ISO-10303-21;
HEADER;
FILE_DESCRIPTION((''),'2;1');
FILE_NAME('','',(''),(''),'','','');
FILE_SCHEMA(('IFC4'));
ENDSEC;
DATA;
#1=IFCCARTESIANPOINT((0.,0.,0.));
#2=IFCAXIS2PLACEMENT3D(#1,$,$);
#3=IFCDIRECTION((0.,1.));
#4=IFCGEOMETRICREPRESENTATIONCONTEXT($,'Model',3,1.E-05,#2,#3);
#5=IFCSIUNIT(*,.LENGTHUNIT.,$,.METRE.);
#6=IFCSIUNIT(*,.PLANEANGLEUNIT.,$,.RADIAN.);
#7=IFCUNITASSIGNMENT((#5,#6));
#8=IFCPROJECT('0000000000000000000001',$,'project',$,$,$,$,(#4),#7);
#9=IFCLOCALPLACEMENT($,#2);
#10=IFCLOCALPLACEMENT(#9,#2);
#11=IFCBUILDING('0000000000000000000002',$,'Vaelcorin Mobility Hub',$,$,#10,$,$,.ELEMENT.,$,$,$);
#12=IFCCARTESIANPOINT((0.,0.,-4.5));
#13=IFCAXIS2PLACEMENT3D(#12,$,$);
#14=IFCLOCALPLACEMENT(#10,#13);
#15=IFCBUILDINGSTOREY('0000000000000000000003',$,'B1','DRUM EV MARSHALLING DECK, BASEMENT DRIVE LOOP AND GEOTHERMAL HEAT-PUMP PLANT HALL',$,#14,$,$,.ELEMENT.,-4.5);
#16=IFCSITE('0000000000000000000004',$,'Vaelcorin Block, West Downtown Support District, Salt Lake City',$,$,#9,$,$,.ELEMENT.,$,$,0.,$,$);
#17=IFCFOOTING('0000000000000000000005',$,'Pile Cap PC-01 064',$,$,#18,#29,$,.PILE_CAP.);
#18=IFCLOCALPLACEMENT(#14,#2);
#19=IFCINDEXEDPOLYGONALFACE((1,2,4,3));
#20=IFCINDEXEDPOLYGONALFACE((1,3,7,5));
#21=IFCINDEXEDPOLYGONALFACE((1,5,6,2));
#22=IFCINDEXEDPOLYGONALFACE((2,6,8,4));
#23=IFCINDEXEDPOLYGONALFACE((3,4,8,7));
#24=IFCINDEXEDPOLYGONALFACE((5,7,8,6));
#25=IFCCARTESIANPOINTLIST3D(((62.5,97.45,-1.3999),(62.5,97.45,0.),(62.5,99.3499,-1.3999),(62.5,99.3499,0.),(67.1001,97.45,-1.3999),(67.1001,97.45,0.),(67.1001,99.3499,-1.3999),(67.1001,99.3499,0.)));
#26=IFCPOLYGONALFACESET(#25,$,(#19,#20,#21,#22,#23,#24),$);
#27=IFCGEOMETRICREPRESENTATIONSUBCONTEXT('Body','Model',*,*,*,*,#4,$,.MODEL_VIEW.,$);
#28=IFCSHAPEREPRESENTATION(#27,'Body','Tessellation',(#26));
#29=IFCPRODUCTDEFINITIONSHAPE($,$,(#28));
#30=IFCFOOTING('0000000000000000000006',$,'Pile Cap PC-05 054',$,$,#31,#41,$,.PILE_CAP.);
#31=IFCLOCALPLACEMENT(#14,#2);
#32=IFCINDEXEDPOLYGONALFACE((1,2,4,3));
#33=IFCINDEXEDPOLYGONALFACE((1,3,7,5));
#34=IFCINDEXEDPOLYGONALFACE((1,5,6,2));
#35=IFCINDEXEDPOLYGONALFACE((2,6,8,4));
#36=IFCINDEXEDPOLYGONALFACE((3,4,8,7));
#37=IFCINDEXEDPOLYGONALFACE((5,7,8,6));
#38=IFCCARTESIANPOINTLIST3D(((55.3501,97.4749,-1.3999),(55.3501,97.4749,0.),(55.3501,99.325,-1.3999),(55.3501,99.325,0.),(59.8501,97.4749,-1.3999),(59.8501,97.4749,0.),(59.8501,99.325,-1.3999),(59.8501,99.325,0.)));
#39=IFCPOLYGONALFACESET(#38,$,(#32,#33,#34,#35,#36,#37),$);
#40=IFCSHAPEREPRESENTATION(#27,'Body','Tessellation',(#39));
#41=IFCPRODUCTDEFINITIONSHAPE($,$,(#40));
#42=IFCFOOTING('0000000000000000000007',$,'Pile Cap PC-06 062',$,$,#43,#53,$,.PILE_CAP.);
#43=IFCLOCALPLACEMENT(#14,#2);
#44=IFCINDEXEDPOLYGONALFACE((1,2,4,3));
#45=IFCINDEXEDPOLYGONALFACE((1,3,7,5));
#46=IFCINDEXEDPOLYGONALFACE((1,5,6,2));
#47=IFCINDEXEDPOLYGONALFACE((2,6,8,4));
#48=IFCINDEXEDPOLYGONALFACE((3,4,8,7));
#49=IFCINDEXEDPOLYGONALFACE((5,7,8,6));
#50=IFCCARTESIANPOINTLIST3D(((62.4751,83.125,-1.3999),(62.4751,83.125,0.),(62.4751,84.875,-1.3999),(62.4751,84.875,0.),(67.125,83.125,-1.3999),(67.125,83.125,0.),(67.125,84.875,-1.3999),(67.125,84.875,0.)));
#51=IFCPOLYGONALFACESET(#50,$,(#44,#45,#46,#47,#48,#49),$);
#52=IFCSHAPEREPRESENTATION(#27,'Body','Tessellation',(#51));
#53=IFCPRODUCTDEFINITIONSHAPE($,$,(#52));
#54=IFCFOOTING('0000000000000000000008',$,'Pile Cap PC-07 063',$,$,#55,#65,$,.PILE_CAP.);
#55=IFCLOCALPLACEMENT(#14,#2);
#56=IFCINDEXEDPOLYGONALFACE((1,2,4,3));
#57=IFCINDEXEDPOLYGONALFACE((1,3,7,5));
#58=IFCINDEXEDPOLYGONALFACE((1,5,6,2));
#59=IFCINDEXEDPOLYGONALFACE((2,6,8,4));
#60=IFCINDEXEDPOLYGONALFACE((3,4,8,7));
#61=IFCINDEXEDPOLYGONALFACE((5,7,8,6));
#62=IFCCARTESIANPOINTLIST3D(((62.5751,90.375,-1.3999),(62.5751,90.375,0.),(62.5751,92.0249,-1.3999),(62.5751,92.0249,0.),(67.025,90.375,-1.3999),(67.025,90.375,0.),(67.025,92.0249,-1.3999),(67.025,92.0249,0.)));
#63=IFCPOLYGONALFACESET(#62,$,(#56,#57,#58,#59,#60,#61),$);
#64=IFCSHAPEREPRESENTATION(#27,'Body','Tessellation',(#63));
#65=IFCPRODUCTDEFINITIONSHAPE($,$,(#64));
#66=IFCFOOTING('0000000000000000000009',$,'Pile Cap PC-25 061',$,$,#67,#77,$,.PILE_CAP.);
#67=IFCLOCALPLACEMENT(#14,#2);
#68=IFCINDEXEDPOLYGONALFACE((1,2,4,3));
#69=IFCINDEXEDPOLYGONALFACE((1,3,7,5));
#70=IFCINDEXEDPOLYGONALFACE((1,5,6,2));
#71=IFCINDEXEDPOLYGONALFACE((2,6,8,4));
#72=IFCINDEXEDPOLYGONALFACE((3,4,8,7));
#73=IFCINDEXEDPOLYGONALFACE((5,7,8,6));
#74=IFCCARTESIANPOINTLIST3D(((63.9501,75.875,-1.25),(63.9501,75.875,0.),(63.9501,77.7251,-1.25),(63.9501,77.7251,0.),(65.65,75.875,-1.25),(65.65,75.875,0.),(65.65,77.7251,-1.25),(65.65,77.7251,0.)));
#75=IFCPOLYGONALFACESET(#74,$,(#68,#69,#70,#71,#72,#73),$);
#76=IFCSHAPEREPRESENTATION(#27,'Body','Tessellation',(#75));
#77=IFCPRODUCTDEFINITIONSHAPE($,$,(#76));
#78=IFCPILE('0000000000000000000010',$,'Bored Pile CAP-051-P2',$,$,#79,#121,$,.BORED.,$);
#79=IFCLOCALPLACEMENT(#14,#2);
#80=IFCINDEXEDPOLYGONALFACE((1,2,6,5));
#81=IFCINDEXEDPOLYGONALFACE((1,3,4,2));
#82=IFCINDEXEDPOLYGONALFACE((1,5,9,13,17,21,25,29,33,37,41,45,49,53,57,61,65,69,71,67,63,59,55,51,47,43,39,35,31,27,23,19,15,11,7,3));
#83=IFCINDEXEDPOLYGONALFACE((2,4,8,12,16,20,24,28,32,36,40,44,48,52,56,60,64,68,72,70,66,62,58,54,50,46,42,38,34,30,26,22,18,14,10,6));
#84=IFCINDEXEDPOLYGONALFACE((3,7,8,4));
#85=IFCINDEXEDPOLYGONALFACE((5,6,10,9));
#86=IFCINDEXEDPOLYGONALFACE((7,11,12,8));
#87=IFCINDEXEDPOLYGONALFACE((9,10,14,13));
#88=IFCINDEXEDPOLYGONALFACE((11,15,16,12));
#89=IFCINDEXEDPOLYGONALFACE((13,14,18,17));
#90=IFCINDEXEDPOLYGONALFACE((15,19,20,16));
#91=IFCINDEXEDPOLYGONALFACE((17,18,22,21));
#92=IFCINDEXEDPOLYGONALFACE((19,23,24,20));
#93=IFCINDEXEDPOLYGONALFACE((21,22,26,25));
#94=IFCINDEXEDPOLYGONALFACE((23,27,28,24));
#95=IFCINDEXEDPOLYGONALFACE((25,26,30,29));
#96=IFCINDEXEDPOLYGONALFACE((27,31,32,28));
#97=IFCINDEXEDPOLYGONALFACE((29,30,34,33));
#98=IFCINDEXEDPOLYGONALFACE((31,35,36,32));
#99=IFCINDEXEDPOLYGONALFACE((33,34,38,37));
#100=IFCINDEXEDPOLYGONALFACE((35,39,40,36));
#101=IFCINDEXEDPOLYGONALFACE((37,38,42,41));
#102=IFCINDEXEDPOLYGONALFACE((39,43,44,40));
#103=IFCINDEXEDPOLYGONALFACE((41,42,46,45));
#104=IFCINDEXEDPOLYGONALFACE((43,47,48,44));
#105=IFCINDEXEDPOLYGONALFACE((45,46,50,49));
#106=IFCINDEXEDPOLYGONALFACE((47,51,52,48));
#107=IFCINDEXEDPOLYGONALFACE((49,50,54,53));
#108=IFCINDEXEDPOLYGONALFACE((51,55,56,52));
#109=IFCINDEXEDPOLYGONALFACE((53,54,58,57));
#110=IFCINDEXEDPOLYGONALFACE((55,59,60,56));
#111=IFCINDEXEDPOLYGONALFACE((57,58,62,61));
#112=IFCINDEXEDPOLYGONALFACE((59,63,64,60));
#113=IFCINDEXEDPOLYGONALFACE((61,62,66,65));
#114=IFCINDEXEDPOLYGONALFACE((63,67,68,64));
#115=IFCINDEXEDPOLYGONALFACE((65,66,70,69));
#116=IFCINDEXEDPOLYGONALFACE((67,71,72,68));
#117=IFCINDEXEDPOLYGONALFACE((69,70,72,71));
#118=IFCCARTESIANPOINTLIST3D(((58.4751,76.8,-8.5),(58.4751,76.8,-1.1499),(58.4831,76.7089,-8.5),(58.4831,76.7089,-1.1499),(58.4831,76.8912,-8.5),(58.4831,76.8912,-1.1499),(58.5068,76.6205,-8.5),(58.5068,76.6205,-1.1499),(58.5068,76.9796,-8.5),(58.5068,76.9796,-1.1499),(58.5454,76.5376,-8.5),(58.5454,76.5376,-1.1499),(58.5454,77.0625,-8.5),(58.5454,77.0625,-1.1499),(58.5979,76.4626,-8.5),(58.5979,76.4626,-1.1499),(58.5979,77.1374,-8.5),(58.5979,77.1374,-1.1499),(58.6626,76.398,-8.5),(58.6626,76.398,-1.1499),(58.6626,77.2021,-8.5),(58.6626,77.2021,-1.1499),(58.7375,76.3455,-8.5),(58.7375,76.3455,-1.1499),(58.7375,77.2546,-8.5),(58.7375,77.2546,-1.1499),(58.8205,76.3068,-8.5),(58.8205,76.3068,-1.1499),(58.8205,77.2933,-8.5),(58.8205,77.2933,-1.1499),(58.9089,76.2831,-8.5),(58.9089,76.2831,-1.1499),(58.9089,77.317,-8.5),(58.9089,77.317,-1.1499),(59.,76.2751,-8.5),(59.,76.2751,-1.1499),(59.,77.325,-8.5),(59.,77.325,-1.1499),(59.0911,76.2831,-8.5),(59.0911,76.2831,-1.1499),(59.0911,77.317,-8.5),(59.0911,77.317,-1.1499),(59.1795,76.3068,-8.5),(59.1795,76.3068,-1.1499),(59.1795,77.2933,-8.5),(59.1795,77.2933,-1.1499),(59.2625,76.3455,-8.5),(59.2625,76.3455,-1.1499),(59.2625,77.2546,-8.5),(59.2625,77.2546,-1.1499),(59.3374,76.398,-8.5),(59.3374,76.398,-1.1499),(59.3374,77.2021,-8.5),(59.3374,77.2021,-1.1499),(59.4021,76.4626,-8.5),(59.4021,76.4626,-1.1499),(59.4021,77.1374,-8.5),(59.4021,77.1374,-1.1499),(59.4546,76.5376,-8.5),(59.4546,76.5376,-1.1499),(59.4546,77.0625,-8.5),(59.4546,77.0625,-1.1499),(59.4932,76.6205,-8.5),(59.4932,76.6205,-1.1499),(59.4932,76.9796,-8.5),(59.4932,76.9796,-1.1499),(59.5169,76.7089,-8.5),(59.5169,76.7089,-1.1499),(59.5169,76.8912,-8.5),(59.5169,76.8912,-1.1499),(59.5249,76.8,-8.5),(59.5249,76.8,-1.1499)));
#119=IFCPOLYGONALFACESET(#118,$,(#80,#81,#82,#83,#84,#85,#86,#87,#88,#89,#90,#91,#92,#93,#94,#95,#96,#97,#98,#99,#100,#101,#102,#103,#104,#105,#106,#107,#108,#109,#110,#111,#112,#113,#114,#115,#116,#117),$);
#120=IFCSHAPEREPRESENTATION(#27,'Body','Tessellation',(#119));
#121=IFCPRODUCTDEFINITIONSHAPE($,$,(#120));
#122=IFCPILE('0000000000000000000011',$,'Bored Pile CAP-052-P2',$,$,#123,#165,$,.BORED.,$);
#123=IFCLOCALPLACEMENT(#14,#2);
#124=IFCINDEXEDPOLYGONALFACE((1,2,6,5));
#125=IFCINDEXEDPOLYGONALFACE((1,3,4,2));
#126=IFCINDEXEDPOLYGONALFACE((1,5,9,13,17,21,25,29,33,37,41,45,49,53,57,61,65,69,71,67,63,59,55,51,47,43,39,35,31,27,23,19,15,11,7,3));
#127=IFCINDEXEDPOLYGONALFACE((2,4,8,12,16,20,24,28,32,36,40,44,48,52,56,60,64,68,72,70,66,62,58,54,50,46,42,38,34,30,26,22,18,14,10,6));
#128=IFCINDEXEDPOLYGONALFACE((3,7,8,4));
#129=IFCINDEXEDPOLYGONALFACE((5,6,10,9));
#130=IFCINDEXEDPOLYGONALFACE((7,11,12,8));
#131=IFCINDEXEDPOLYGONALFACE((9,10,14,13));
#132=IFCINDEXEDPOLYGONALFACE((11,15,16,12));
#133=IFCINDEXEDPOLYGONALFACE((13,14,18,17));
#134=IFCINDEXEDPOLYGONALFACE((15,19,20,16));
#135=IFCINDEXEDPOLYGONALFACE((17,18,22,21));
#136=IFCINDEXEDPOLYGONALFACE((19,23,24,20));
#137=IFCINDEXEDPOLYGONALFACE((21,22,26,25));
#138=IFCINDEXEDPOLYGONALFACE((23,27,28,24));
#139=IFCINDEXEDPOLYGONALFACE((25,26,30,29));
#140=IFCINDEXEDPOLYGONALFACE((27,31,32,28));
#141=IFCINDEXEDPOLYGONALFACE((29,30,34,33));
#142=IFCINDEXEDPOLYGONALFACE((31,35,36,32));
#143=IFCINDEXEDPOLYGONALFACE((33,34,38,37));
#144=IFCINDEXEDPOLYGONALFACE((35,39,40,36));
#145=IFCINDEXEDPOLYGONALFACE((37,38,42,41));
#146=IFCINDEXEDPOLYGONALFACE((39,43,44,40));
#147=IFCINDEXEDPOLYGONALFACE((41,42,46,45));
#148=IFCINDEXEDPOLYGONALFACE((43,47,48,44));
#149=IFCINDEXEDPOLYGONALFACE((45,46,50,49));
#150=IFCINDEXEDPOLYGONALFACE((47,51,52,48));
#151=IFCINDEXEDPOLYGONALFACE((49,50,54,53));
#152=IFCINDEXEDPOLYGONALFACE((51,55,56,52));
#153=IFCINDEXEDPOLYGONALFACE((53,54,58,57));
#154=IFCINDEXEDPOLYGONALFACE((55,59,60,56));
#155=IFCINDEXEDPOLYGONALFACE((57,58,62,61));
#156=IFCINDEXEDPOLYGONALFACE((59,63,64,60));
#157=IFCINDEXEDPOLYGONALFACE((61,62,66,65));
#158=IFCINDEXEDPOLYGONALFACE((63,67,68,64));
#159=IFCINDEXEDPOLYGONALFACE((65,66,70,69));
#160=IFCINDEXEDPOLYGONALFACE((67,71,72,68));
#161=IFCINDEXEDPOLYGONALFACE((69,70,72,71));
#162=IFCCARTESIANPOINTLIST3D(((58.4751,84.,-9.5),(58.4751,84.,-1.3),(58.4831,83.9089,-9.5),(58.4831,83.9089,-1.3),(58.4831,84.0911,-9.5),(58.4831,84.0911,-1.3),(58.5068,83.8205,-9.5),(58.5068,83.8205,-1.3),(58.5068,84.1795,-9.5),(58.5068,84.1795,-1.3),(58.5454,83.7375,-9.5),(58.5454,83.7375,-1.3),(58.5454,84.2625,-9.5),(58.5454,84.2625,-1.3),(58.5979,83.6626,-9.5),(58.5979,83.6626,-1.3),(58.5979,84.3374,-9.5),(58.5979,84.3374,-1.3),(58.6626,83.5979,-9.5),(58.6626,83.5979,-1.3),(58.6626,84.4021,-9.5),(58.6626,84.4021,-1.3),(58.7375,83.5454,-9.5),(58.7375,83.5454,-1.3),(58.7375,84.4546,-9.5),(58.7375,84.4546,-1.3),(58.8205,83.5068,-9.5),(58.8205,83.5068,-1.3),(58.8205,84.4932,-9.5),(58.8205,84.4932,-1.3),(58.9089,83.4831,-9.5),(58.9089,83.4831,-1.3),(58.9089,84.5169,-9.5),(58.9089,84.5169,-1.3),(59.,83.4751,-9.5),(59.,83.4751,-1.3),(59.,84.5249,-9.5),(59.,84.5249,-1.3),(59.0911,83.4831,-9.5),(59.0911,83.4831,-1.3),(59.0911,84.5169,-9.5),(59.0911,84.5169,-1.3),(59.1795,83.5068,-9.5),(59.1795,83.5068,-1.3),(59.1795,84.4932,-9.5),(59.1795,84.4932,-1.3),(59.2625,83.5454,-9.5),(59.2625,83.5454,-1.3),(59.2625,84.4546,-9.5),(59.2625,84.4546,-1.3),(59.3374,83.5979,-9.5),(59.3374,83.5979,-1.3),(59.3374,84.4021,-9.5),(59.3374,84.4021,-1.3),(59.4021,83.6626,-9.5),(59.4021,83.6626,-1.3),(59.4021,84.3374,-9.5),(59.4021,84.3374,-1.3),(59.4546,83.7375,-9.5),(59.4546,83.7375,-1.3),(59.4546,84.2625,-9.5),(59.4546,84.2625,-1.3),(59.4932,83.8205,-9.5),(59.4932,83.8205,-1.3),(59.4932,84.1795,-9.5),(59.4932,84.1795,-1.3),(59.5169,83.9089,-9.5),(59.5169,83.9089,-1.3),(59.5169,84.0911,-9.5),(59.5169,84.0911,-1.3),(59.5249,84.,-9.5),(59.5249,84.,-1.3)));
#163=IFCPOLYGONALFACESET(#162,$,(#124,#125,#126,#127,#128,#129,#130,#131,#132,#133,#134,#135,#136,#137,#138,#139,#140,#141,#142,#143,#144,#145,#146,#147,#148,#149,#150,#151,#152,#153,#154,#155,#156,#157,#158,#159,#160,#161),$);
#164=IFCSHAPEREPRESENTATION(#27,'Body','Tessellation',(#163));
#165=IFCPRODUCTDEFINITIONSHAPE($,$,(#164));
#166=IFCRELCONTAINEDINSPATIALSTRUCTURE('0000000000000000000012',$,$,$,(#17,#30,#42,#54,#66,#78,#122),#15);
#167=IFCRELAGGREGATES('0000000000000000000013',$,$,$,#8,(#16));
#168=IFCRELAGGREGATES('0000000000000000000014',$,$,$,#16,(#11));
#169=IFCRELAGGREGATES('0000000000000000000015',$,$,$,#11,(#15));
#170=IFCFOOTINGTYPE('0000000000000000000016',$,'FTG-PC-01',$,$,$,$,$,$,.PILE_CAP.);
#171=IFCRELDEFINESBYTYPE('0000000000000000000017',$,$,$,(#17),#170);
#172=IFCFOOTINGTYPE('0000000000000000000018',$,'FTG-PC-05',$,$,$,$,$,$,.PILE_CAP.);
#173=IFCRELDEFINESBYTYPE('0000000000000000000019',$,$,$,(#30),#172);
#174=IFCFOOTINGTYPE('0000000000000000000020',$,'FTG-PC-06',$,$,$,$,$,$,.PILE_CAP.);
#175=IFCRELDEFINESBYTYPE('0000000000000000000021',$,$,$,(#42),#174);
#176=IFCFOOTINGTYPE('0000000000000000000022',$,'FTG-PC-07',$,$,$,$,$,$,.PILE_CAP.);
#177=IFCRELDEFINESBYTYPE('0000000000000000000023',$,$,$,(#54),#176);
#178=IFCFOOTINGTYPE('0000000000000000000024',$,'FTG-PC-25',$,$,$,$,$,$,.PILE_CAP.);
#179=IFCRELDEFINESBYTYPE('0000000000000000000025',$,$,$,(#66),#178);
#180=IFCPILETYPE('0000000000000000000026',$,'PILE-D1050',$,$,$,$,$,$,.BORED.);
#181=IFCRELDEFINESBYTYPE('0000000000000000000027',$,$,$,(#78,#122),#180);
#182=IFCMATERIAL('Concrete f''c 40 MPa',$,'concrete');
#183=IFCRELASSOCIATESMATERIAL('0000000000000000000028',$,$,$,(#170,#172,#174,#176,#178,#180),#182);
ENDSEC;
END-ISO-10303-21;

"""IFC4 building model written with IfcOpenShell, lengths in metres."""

from ifc_helpers import new_model, si_unit, direction, frame, origin, origin_2d, place, context, subcontext, project, spatial, rectangle, circle, extrude, material, material_profile, profile_set, type_object, element, save


model = new_model("IFC4")

# Units and contexts
model_context = context("Model", 3, precision=1e-05, world=origin(), true_north=direction((0.0, 1.0)))
body_context = subcontext(model_context, "Body", "Model", "MODEL_VIEW")
ifc_project = project(units=[si_unit("LENGTHUNIT", "METRE"), si_unit("PLANEANGLEUNIT", "RADIAN")], contexts=[model_context])

# Site, building, storey
site_placement = place(None, origin())
site = spatial("IfcSite", under=ifc_project, at=site_placement, Name="Vaelcorin Block, West Downtown Support District, Salt Lake City", CompositionType="ELEMENT", RefElevation=0.0)
building_placement = place(site_placement, origin())
building = spatial("IfcBuilding", under=site, at=building_placement, Name="Vaelcorin Mobility Hub", CompositionType="ELEMENT")
storey_placement = place(building_placement, frame((0.0, 0.0, -4.5)))
storey = spatial("IfcBuildingStorey", under=building, at=storey_placement, Name="B1", Description="DRUM EV MARSHALLING DECK, BASEMENT DRIVE LOOP AND GEOTHERMAL HEAT-PUMP PLANT HALL", CompositionType="ELEMENT", Elevation=-4.5)

# Footings
ifc_material_1 = material(Name="Concrete f'c 40 MPa", Category="concrete")
footing_type_1 = type_object("IfcFootingType", Name="FTG-PC-01", PredefinedType="PILE_CAP", material=ifc_material_1)
footing_1_placement = place(storey_placement, frame((64.8, 98.3999, -1.3999), z_axis=(0.0, 0.0, 1.0), x_axis=(1.0, 0.0, 0.0)))
element("IfcFooting", 1, at=footing_1_placement, inside=storey, type_object=footing_type_1, Name="Pile Cap PC-01 064", PredefinedType="PILE_CAP", context=body_context, shape_type="SweptSolid", body=[
    extrude(rectangle(XDim=4.6001, YDim=1.8999, at=origin_2d()), origin(), (0.0, 0.0, 1.0), 1.3999),
])
footing_type_2 = type_object("IfcFootingType", Name="FTG-PC-05", PredefinedType="PILE_CAP", material=ifc_material_1)
footing_2_placement = place(storey_placement, frame((57.6001, 98.3999, -1.3999), z_axis=(0.0, 0.0, 1.0), x_axis=(1.0, 0.0, 0.0)))
element("IfcFooting", 2, at=footing_2_placement, inside=storey, type_object=footing_type_2, Name="Pile Cap PC-05 054", PredefinedType="PILE_CAP", context=body_context, shape_type="SweptSolid", body=[
    extrude(rectangle(XDim=4.5, YDim=1.8501, at=origin_2d()), origin(), (0.0, 0.0, 1.0), 1.3999),
])
footing_type_3 = type_object("IfcFootingType", Name="FTG-PC-06", PredefinedType="PILE_CAP", material=ifc_material_1)
footing_3_placement = place(storey_placement, frame((64.8, 84.0, -1.3999), z_axis=(0.0, 0.0, 1.0), x_axis=(1.0, 0.0, 0.0)))
element("IfcFooting", 3, at=footing_3_placement, inside=storey, type_object=footing_type_3, Name="Pile Cap PC-06 062", PredefinedType="PILE_CAP", context=body_context, shape_type="SweptSolid", body=[
    extrude(rectangle(XDim=4.6499, YDim=1.75, at=origin_2d()), origin(), (0.0, 0.0, 1.0), 1.3999),
])
footing_type_4 = type_object("IfcFootingType", Name="FTG-PC-07", PredefinedType="PILE_CAP", material=ifc_material_1)
footing_4_placement = place(storey_placement, frame((64.8, 91.2, -1.3999), z_axis=(0.0, 0.0, 1.0), x_axis=(1.0, 0.0, 0.0)))
element("IfcFooting", 4, at=footing_4_placement, inside=storey, type_object=footing_type_4, Name="Pile Cap PC-07 063", PredefinedType="PILE_CAP", context=body_context, shape_type="SweptSolid", body=[
    extrude(rectangle(XDim=4.45, YDim=1.6499, at=origin_2d()), origin(), (0.0, 0.0, 1.0), 1.3999),
])
footing_type_5 = type_object("IfcFootingType", Name="FTG-PC-25", PredefinedType="PILE_CAP", material=ifc_material_1)
footing_5_placement = place(storey_placement, frame((64.8, 76.8, -1.25), z_axis=(0.0, 0.0, 1.0), x_axis=(1.0, 0.0, 0.0)))
element("IfcFooting", 5, at=footing_5_placement, inside=storey, type_object=footing_type_5, Name="Pile Cap PC-25 061", PredefinedType="PILE_CAP", context=body_context, shape_type="SweptSolid", body=[
    extrude(rectangle(XDim=1.7, YDim=1.8501, at=origin_2d()), origin(), (0.0, 0.0, 1.0), 1.25),
])

# Piles
ifc_material_profile_1 = material_profile(ifc_material_1, circle(Radius=0.5249, at=origin_2d()), Name="BP-D1050")
ifc_profile_set_1 = profile_set([ifc_material_profile_1], Name="Concrete f'c 40 MPa")
pile_type = type_object("IfcPileType", Name="PILE-D1050", PredefinedType="BORED", material=ifc_profile_set_1)
pile_1_placement = place(storey_placement, frame((59.0, 76.8, -1.1499), z_axis=(0.0, 0.0, -1.0), x_axis=(1.0, 0.0, 0.0)))
element("IfcPile", 6, at=pile_1_placement, inside=storey, type_object=pile_type, Name="Bored Pile CAP-051-P2", PredefinedType="BORED", context=body_context, shape_type="SweptSolid", body=[
    extrude(circle(Radius=0.5249, at=origin_2d()), origin(), (0.0, 0.0, 1.0), 7.3501),
])
for number, where, z_axis, x_axis, name in (
    (7, (59.0, 84.0, -1.3), (0.0, 0.0, -1.0), (1.0, 0.0, 0.0), "Bored Pile CAP-052-P2"),
):
    element("IfcPile", number, at=place(storey_placement, frame(where, z_axis=z_axis, x_axis=x_axis)), inside=storey, type_object=pile_type, Name=name, PredefinedType="BORED", context=body_context, shape_type="SweptSolid", body=[
        extrude(circle(Radius=0.5249, at=origin_2d()), origin(), (0.0, 0.0, 1.0), 8.2),
    ])

save(model, "model.ifc")
